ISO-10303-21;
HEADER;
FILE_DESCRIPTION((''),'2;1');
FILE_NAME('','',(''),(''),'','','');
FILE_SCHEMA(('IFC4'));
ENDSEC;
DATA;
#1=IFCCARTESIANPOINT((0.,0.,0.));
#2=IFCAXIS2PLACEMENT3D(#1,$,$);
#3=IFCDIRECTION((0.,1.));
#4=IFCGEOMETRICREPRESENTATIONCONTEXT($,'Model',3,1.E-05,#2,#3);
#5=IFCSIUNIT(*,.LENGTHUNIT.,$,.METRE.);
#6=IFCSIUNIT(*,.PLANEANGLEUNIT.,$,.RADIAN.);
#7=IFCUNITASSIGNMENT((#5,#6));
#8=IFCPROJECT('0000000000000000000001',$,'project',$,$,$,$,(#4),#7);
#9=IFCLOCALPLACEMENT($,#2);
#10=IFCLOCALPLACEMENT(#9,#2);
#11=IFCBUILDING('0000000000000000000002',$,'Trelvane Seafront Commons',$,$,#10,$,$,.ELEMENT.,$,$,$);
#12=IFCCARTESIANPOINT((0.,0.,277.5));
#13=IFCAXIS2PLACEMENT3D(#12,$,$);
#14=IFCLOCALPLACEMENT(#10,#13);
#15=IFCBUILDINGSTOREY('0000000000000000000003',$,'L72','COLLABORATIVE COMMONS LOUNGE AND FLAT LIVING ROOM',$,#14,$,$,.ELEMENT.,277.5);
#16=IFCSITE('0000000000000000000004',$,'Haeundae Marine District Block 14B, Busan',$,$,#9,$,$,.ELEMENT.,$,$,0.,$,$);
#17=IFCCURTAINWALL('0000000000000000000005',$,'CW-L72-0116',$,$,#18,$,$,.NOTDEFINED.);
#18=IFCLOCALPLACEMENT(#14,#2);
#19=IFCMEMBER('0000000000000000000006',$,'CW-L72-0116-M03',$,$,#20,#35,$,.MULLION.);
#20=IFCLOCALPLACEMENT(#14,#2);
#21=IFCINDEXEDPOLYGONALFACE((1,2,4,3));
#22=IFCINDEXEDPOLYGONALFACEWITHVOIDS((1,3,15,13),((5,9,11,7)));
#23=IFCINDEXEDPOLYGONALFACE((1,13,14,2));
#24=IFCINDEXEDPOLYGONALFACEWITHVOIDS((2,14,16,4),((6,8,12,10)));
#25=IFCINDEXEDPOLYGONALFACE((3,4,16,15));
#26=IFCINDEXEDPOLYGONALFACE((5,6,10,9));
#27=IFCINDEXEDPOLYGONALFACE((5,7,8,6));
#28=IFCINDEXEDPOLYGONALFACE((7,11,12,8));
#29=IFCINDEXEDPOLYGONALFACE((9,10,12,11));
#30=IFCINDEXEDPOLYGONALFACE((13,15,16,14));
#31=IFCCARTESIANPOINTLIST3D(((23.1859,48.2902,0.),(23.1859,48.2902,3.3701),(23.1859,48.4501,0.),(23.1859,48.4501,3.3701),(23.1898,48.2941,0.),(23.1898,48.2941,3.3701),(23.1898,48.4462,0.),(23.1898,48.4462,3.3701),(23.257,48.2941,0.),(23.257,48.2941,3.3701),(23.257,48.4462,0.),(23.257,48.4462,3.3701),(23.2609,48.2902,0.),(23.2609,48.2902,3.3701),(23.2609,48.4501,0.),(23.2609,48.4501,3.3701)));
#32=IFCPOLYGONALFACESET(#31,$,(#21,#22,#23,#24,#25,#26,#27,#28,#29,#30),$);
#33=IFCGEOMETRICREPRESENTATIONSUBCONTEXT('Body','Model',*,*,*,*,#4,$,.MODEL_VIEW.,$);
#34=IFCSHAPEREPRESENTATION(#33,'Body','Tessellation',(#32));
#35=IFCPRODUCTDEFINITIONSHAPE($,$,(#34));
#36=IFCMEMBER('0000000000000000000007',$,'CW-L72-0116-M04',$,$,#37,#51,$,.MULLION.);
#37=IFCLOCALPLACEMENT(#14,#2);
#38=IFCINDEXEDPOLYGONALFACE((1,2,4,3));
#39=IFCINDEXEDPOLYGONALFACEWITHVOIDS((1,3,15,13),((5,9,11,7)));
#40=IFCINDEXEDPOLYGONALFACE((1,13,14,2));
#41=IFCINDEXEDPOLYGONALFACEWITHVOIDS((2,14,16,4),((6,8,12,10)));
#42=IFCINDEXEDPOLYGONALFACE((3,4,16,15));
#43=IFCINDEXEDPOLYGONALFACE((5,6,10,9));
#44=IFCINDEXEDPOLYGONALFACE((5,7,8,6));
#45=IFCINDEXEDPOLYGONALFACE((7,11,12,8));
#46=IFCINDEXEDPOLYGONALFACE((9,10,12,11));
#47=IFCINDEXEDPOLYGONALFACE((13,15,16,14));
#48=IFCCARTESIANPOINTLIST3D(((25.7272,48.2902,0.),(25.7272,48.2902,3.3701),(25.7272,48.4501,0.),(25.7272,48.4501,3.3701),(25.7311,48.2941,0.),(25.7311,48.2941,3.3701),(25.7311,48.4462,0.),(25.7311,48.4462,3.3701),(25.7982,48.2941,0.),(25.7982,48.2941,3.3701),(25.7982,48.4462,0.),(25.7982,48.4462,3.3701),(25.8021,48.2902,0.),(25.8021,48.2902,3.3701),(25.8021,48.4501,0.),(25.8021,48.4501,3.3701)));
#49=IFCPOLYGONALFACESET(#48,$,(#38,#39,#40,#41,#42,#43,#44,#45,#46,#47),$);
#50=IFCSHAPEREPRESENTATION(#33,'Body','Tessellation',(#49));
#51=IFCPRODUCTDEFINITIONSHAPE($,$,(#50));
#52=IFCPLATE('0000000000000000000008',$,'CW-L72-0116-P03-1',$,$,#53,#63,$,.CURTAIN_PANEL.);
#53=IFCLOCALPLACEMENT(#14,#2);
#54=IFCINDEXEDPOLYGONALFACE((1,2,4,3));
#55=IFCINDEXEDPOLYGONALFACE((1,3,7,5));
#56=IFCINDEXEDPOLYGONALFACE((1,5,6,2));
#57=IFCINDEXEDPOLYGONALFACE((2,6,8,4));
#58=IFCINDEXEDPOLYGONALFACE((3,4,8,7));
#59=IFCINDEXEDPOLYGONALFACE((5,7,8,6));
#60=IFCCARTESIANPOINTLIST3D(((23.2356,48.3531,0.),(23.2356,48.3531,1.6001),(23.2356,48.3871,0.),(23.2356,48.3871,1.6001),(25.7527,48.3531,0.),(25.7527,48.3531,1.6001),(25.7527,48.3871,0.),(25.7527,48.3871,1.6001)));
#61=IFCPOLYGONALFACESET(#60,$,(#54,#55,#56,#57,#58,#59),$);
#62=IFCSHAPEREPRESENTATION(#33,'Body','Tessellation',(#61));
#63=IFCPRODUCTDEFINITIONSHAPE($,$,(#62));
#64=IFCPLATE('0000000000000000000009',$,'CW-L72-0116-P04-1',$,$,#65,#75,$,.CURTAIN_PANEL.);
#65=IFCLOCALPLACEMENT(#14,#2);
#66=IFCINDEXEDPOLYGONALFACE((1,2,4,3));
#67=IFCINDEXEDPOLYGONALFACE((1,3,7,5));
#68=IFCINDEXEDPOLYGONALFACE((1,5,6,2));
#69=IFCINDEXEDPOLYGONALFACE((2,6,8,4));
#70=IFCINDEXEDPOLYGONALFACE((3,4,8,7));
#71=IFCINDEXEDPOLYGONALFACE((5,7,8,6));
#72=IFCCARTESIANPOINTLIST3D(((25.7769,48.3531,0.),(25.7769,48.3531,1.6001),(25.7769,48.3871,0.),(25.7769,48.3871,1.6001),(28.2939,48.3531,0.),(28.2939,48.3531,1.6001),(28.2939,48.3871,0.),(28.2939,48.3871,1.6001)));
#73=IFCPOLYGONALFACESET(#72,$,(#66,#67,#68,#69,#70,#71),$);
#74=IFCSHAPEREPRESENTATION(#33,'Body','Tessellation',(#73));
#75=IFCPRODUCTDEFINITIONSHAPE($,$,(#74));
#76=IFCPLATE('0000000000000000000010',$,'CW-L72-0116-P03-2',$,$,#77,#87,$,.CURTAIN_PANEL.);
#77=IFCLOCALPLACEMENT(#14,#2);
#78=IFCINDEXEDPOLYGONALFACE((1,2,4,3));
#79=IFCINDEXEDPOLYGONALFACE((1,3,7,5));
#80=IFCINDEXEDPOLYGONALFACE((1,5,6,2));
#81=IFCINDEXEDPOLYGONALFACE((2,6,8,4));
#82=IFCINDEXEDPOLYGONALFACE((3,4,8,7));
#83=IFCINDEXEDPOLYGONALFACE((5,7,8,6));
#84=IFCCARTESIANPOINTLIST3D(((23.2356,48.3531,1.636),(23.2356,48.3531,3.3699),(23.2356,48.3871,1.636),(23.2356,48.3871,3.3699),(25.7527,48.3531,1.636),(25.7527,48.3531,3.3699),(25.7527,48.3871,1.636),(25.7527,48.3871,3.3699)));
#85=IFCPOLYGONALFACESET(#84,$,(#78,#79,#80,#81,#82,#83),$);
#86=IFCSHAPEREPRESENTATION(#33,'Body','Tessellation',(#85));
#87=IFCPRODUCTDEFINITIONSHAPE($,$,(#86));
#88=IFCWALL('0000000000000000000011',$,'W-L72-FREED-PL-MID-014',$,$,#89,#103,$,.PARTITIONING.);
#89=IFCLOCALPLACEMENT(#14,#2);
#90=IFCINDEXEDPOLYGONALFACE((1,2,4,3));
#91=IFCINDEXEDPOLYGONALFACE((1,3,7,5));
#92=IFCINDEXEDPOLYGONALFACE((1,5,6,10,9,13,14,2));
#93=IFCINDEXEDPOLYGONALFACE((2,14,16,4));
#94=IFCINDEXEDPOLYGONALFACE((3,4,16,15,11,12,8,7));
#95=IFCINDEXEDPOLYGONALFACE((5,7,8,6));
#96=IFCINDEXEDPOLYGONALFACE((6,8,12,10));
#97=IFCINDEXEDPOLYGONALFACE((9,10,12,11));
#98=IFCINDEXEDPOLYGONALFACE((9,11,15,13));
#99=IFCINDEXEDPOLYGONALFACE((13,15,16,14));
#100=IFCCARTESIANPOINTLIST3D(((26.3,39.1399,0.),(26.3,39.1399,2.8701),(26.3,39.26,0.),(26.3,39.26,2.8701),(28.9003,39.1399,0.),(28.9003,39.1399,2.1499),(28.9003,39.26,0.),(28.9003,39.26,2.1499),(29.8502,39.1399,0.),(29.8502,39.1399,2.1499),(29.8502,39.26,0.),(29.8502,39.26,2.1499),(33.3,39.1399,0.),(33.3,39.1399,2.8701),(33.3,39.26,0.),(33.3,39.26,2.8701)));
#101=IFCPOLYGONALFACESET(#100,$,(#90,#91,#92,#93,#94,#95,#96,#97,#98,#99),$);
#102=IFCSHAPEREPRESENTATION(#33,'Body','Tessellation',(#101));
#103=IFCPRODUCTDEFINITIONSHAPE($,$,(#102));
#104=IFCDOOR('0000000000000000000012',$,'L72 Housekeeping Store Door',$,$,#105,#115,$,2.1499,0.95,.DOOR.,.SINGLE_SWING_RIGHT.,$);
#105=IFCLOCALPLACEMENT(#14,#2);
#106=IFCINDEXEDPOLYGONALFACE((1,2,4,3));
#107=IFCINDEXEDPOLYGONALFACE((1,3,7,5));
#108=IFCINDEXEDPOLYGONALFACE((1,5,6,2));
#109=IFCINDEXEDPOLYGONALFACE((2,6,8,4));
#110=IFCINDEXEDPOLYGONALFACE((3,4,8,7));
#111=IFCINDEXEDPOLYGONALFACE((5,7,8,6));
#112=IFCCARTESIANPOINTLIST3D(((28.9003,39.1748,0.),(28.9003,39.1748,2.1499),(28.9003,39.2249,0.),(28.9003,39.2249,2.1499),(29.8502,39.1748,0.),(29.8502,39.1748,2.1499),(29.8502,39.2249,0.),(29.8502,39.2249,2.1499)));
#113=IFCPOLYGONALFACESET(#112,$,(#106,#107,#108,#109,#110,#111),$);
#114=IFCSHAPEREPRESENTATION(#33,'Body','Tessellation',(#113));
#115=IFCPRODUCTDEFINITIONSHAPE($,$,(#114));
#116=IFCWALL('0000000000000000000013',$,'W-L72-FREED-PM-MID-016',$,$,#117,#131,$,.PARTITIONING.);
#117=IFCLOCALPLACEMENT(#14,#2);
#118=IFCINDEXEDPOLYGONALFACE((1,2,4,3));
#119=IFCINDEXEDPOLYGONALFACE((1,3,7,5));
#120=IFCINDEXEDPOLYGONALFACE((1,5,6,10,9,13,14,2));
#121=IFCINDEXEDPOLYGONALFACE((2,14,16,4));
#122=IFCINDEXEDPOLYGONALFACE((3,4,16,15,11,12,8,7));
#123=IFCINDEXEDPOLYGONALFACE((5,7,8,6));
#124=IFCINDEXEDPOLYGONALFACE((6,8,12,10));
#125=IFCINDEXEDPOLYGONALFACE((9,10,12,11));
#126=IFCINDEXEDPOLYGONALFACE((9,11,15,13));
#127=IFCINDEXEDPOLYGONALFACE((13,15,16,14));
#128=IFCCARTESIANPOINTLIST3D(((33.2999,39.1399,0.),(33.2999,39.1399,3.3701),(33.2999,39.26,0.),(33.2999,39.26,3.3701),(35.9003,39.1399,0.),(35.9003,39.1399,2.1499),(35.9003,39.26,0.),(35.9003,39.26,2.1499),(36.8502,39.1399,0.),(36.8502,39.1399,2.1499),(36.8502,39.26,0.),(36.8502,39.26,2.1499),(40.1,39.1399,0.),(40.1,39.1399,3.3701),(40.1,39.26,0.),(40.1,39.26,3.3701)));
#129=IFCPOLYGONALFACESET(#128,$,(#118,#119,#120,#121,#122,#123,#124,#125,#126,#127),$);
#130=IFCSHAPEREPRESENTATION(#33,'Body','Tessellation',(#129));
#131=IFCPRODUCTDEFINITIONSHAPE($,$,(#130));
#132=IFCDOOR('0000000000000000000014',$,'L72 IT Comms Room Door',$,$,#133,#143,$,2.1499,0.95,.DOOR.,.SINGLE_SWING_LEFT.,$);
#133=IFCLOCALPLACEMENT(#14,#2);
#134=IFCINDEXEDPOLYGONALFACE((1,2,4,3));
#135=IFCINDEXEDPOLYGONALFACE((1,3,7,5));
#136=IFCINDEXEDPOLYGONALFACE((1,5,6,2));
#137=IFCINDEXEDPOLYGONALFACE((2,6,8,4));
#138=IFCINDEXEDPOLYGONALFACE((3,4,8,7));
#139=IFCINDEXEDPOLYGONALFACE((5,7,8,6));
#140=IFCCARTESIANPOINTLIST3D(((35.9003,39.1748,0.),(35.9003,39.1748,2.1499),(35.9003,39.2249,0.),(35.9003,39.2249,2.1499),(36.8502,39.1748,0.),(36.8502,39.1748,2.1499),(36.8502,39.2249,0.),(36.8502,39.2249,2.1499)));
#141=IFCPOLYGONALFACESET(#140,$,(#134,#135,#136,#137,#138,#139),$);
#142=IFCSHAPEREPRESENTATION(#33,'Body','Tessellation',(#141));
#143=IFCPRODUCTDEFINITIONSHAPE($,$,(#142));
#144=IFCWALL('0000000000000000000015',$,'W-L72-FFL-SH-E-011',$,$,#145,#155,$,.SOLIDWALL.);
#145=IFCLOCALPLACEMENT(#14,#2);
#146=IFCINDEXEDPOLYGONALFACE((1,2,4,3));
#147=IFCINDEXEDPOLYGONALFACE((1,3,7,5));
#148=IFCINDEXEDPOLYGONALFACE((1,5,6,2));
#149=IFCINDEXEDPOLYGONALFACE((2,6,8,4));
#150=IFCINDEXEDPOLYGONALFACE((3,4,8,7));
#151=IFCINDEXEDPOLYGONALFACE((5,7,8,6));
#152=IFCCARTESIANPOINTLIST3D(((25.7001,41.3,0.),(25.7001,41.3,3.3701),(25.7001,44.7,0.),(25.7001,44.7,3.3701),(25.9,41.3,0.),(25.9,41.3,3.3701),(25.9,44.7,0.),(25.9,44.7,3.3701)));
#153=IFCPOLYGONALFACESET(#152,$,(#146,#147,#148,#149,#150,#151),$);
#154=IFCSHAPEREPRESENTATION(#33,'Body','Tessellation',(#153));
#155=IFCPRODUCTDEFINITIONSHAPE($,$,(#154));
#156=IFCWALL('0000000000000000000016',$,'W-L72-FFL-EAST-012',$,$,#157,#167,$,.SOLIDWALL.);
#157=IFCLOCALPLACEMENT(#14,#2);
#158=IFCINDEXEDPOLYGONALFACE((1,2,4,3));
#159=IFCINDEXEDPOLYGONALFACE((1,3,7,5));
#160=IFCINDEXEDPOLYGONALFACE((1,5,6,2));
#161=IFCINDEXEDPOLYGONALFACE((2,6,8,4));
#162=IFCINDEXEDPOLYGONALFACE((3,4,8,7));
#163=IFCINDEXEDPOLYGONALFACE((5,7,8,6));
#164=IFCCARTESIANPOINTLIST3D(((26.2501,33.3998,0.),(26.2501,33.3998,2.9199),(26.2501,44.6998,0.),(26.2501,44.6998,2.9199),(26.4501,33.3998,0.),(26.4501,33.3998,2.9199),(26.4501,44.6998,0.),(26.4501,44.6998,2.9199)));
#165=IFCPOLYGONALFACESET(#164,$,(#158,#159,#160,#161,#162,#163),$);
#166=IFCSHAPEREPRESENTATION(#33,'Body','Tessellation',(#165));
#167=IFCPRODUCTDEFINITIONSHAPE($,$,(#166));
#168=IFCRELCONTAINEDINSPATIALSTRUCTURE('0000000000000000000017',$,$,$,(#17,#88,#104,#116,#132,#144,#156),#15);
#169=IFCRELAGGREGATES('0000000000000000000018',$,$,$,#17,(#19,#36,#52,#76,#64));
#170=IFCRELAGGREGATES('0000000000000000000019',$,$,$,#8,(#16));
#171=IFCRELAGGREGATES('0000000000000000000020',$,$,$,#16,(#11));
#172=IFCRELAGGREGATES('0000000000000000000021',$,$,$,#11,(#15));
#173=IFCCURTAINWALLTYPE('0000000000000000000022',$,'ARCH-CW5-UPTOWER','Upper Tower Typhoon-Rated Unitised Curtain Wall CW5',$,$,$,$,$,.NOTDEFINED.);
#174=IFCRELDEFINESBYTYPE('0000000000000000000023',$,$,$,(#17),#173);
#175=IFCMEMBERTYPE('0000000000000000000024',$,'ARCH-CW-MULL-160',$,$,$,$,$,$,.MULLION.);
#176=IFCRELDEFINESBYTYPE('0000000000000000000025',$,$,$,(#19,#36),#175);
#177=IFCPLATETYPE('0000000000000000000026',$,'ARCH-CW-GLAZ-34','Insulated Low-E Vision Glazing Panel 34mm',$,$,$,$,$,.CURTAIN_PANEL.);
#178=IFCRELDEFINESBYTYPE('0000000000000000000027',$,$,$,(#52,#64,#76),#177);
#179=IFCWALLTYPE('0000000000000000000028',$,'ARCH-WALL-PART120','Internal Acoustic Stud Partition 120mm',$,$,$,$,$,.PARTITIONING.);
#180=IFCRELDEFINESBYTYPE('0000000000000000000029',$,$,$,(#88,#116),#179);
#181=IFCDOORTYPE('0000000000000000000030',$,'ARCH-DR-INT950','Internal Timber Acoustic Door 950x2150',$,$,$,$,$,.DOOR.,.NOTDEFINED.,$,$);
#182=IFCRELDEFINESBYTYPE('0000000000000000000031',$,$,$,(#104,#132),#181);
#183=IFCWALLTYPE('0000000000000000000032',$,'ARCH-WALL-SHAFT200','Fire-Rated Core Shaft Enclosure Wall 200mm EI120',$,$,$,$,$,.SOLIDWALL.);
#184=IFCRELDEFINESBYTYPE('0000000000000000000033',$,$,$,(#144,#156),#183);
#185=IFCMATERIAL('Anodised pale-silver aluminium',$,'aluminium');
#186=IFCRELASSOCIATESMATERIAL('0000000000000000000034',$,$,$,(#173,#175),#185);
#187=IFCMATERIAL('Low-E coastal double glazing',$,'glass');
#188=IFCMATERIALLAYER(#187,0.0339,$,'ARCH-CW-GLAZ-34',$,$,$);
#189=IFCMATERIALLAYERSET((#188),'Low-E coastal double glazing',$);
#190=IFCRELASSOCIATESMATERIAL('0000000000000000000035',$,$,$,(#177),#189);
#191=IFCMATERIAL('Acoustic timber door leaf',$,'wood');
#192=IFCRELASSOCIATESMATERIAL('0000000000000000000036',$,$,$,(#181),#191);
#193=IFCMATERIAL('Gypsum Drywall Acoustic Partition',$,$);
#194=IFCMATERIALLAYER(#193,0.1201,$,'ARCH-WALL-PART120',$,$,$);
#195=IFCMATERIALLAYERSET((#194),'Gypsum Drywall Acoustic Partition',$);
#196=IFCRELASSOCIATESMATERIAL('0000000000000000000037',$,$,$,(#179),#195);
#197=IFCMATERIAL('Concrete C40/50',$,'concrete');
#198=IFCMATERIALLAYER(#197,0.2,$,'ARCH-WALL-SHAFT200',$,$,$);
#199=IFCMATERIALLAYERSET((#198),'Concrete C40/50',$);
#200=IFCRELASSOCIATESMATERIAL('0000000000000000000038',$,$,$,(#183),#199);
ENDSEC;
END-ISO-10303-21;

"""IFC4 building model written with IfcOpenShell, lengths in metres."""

from ifc_helpers import new_model, si_unit, direction, frame, frame_2d, origin, origin_2d, place, context, subcontext, project, spatial, rectangle, hollow_rectangle, extrude, source, transform, mapped, material, layer, layer_set, material_profile, profile_set, type_object, element, fill, aggregate, save


model = new_model("IFC4")

# Units and contexts
model_context = context("Model", 3, precision=1e-05, world=origin(), true_north=direction((0.0, 1.0)))
body_context = subcontext(model_context, "Body", "Model", "MODEL_VIEW")
ifc_project = project(units=[si_unit("LENGTHUNIT", "METRE"), si_unit("PLANEANGLEUNIT", "RADIAN")], contexts=[model_context])

# Site, building, storey
site_placement = place(None, origin())
site = spatial("IfcSite", under=ifc_project, at=site_placement, Name="Haeundae Marine District Block 14B, Busan", CompositionType="ELEMENT", RefElevation=0.0)
building_placement = place(site_placement, origin())
building = spatial("IfcBuilding", under=site, at=building_placement, Name="Trelvane Seafront Commons", CompositionType="ELEMENT")
storey_placement = place(building_placement, frame((0.0, 0.0, 277.5)))
storey = spatial("IfcBuildingStorey", under=building, at=storey_placement, Name="L72", Description="COLLABORATIVE COMMONS LOUNGE AND FLAT LIVING ROOM", CompositionType="ELEMENT", Elevation=277.5)

# Curtain wall, members, plates
ifc_material_1 = material(Name="Anodised pale-silver aluminium", Category="aluminium")
curtain_wall_type = type_object("IfcCurtainWallType", Name="ARCH-CW5-UPTOWER", Description="Upper Tower Typhoon-Rated Unitised Curtain Wall CW5", PredefinedType="NOTDEFINED", material=ifc_material_1)
curtain_wall_placement = place(storey_placement, origin())
curtain_wall = element("IfcCurtainWall", 1, at=curtain_wall_placement, inside=storey, type_object=curtain_wall_type, Name="CW-L72-0116", PredefinedType="NOTDEFINED")
ifc_material_profile_1 = material_profile(ifc_material_1, hollow_rectangle(XDim=0.075, YDim=0.1599, WallThickness=0.0039, at=origin_2d()), Name="MULL-75x160x4")
ifc_profile_set_1 = profile_set([ifc_material_profile_1], Name="Anodised pale-silver aluminium")
member_type_1 = type_object("IfcMemberType", Name="ARCH-CW-MULL-160", PredefinedType="MULLION", material=ifc_profile_set_1)
shared_shape_1 = source(origin(), body_context, "Body", "SweptSolid", [
    extrude(hollow_rectangle(XDim=0.075, YDim=0.1599, WallThickness=0.0039, at=origin_2d()), origin(), (0.0, 0.0, 1.0), 3.3701),
])
member_1_placement = place(storey_placement, frame((23.2234, 48.3701, 0.0), z_axis=(0.0, 0.0, 1.0), x_axis=(1.0, 0.0, 0.0)))
member_1 = element("IfcMember", 2, at=member_1_placement, type_object=member_type_1, Name="CW-L72-0116-M03", PredefinedType="MULLION", context=body_context, shape_type="MappedRepresentation", body=[
    mapped(shared_shape_1, transform((0.0, 0.0, 0.0), x_axis=(1.0, 0.0, 0.0), y_axis=(0.0, 1.0, 0.0), z_axis=(0.0, 0.0, 1.0), scale=1.0)),
])
member_2_placement = place(storey_placement, frame((25.7646, 48.3701, 0.0), z_axis=(0.0, 0.0, 1.0), x_axis=(1.0, 0.0, 0.0)))
member_2 = element("IfcMember", 3, at=member_2_placement, type_object=member_type_1, Name="CW-L72-0116-M04", PredefinedType="MULLION", context=body_context, shape_type="MappedRepresentation", body=[
    mapped(shared_shape_1, transform((0.0, 0.0, 0.0), x_axis=(1.0, 0.0, 0.0), y_axis=(0.0, 1.0, 0.0), z_axis=(0.0, 0.0, 1.0), scale=1.0)),
])
ifc_material_2 = material(Name="Low-E coastal double glazing", Category="glass")
ifc_layer_1 = layer(ifc_material_2, 0.0339, Name="ARCH-CW-GLAZ-34")
ifc_layer_set_1 = layer_set([ifc_layer_1], Name="Low-E coastal double glazing")
plate_type = type_object("IfcPlateType", Name="ARCH-CW-GLAZ-34", Description="Insulated Low-E Vision Glazing Panel 34mm", PredefinedType="CURTAIN_PANEL", material=ifc_layer_set_1)
shared_shape_2 = source(origin(), body_context, "Body", "SweptSolid", [
    extrude(rectangle(XDim=2.5171, YDim=0.0339, at=origin_2d()), origin(), (0.0, 0.0, 1.0), 1.6001),
])
plate_1_placement = place(storey_placement, frame((24.4941, 48.3701, 0.0), z_axis=(0.0, 0.0, 1.0), x_axis=(1.0, 0.0, 0.0)))
plate_1 = element("IfcPlate", 4, at=plate_1_placement, type_object=plate_type, Name="CW-L72-0116-P03-1", PredefinedType="CURTAIN_PANEL", context=body_context, shape_type="MappedRepresentation", body=[
    mapped(shared_shape_2, transform((0.0, 0.0, 0.0), x_axis=(1.0, 0.0, 0.0), y_axis=(0.0, 1.0, 0.0), z_axis=(0.0, 0.0, 1.0), scale=1.0)),
])
plate_2_placement = place(storey_placement, frame((27.0354, 48.3701, 0.0), z_axis=(0.0, 0.0, 1.0), x_axis=(1.0, 0.0, 0.0)))
plate_2 = element("IfcPlate", 5, at=plate_2_placement, type_object=plate_type, Name="CW-L72-0116-P04-1", PredefinedType="CURTAIN_PANEL", context=body_context, shape_type="MappedRepresentation", body=[
    mapped(shared_shape_2, transform((0.0, 0.0, 0.0), x_axis=(1.0, 0.0, 0.0), y_axis=(0.0, 1.0, 0.0), z_axis=(0.0, 0.0, 1.0), scale=1.0)),
])
shared_shape_3 = source(origin(), body_context, "Body", "SweptSolid", [
    extrude(rectangle(XDim=2.5171, YDim=0.0339, at=origin_2d()), origin(), (0.0, 0.0, 1.0), 1.7339),
])
plate_3_placement = place(storey_placement, frame((24.4941, 48.3701, 1.636), z_axis=(0.0, 0.0, 1.0), x_axis=(1.0, 0.0, 0.0)))
plate_3 = element("IfcPlate", 6, at=plate_3_placement, type_object=plate_type, Name="CW-L72-0116-P03-2", PredefinedType="CURTAIN_PANEL", context=body_context, shape_type="MappedRepresentation", body=[
    mapped(shared_shape_3, transform((0.0, 0.0, 0.0), x_axis=(1.0, 0.0, 0.0), y_axis=(0.0, 1.0, 0.0), z_axis=(0.0, 0.0, 1.0), scale=1.0)),
])
aggregate(curtain_wall, [member_1, member_2, plate_1, plate_3, plate_2])

# Walls, openings, doors
ifc_material_3 = material(Name="Concrete C40/50", Category="concrete")
ifc_material_4 = material(Name="Acoustic timber door leaf", Category="wood")
door_type_1 = type_object("IfcDoorType", Name="ARCH-DR-INT950", Description="Internal Timber Acoustic Door 950x2150", OperationType="NOTDEFINED", PredefinedType="DOOR", material=ifc_material_4)
shared_shape_4 = source(origin(), body_context, "Body", "SweptSolid", [
    extrude(rectangle(XDim=0.95, YDim=2.1499, at=frame_2d((0.4751, 1.075))), frame((0.0, 0.0249, 0.0), z_axis=(0.0, -1.0, 0.0), x_axis=(1.0, 0.0, 0.0)), (0.0, 0.0, 1.0), 0.05),
])
ifc_material_5 = material(Name="Gypsum Drywall Acoustic Partition")
ifc_layer_2 = layer(ifc_material_5, 0.1201, Name="ARCH-WALL-PART120")
ifc_layer_set_2 = layer_set([ifc_layer_2], Name="Gypsum Drywall Acoustic Partition")
wall_type_1 = type_object("IfcWallType", Name="ARCH-WALL-PART120", Description="Internal Acoustic Stud Partition 120mm", PredefinedType="PARTITIONING", material=ifc_layer_set_2)
wall_1_placement = place(storey_placement, frame((26.3, 39.2, 0.0), z_axis=(0.0, 0.0, 1.0), x_axis=(1.0, 0.0, 0.0)))
wall_1 = element("IfcWall", 7, at=wall_1_placement, inside=storey, type_object=wall_type_1, Name="W-L72-FREED-PL-MID-014", PredefinedType="PARTITIONING", context=body_context, shape_type="SweptSolid", body=[
    extrude(rectangle(XDim=7.0, YDim=0.1201, at=frame_2d((3.5, 0.0))), origin(), (0.0, 0.0, 1.0), 2.8701),
])
opening_1_placement = place(wall_1_placement, frame((2.6001, 0.0, 0.0)))
opening_1 = element("IfcOpeningElement", 8, at=opening_1_placement, cuts=wall_1, PredefinedType="OPENING", context=body_context, shape_type="SweptSolid", body=[
    extrude(rectangle(XDim=0.95, YDim=2.1499, at=frame_2d((0.4751, 1.075))), frame((0.0, 0.0701, 0.0), z_axis=(0.0, -1.0, 0.0), x_axis=(1.0, 0.0, 0.0)), (0.0, 0.0, 1.0), 0.1401),
])
door_1_placement = place(opening_1_placement, origin())
door_1 = element("IfcDoor", 9, at=door_1_placement, inside=storey, type_object=door_type_1, Name="L72 Housekeeping Store Door", OperationType="SINGLE_SWING_RIGHT", OverallHeight=2.1499, OverallWidth=0.95, PredefinedType="DOOR", context=body_context, shape_type="MappedRepresentation", body=[
    mapped(shared_shape_4, transform((0.0, 0.0, 0.0), x_axis=(1.0, 0.0, 0.0), y_axis=(0.0, 1.0, 0.0), z_axis=(0.0, 0.0, 1.0), scale=1.0)),
])
fill(opening_1, door_1)
wall_2_placement = place(storey_placement, frame((33.3, 39.2, 0.0), z_axis=(0.0, 0.0, 1.0), x_axis=(1.0, 0.0, 0.0)))
wall_2 = element("IfcWall", 10, at=wall_2_placement, inside=storey, type_object=wall_type_1, Name="W-L72-FREED-PM-MID-016", PredefinedType="PARTITIONING", context=body_context, shape_type="SweptSolid", body=[
    extrude(rectangle(XDim=6.8, YDim=0.1201, at=frame_2d((3.3999, 0.0))), origin(), (0.0, 0.0, 1.0), 3.3701),
])
opening_2_placement = place(wall_2_placement, frame((2.6001, 0.0, 0.0)))
opening_2 = element("IfcOpeningElement", 11, at=opening_2_placement, cuts=wall_2, PredefinedType="OPENING", context=body_context, shape_type="SweptSolid", body=[
    extrude(rectangle(XDim=0.95, YDim=2.1499, at=frame_2d((0.4751, 1.075))), frame((0.0, 0.0701, 0.0), z_axis=(0.0, -1.0, 0.0), x_axis=(1.0, 0.0, 0.0)), (0.0, 0.0, 1.0), 0.1401),
])
door_2_placement = place(opening_2_placement, origin())
door_2 = element("IfcDoor", 12, at=door_2_placement, inside=storey, type_object=door_type_1, Name="L72 IT Comms Room Door", OperationType="SINGLE_SWING_LEFT", OverallHeight=2.1499, OverallWidth=0.95, PredefinedType="DOOR", context=body_context, shape_type="MappedRepresentation", body=[
    mapped(shared_shape_4, transform((0.0, 0.0, 0.0), x_axis=(1.0, 0.0, 0.0), y_axis=(0.0, 1.0, 0.0), z_axis=(0.0, 0.0, 1.0), scale=1.0)),
])
fill(opening_2, door_2)

# Walls
ifc_layer_3 = layer(ifc_material_3, 0.2, Name="ARCH-WALL-SHAFT200")
ifc_layer_set_3 = layer_set([ifc_layer_3], Name="Concrete C40/50")
wall_type_2 = type_object("IfcWallType", Name="ARCH-WALL-SHAFT200", Description="Fire-Rated Core Shaft Enclosure Wall 200mm EI120", PredefinedType="SOLIDWALL", material=ifc_layer_set_3)
wall_3_placement = place(storey_placement, frame((25.8, 41.3, 0.0), z_axis=(0.0, 0.0, 1.0), x_axis=(0.0, 1.0, 0.0)))
element("IfcWall", 13, at=wall_3_placement, inside=storey, type_object=wall_type_2, Name="W-L72-FFL-SH-E-011", PredefinedType="SOLIDWALL", context=body_context, shape_type="SweptSolid", body=[
    extrude(rectangle(XDim=3.3999, YDim=0.2, at=frame_2d((1.7, 0.0))), origin(), (0.0, 0.0, 1.0), 3.3701),
])
for number, where, z_axis, x_axis, name in (
    (14, (26.3501, 33.3999, 0.0), (0.0, 0.0, 1.0), (0.0, 1.0, 0.0), "W-L72-FFL-EAST-012"),
):
    element("IfcWall", number, at=place(storey_placement, frame(where, z_axis=z_axis, x_axis=x_axis)), inside=storey, type_object=wall_type_2, Name=name, PredefinedType="SOLIDWALL", context=body_context, shape_type="SweptSolid", body=[
        extrude(rectangle(XDim=11.3, YDim=0.2, at=frame_2d((5.6499, 0.0))), origin(), (0.0, 0.0, 1.0), 2.9199),
    ])

save(model, "model.ifc")
